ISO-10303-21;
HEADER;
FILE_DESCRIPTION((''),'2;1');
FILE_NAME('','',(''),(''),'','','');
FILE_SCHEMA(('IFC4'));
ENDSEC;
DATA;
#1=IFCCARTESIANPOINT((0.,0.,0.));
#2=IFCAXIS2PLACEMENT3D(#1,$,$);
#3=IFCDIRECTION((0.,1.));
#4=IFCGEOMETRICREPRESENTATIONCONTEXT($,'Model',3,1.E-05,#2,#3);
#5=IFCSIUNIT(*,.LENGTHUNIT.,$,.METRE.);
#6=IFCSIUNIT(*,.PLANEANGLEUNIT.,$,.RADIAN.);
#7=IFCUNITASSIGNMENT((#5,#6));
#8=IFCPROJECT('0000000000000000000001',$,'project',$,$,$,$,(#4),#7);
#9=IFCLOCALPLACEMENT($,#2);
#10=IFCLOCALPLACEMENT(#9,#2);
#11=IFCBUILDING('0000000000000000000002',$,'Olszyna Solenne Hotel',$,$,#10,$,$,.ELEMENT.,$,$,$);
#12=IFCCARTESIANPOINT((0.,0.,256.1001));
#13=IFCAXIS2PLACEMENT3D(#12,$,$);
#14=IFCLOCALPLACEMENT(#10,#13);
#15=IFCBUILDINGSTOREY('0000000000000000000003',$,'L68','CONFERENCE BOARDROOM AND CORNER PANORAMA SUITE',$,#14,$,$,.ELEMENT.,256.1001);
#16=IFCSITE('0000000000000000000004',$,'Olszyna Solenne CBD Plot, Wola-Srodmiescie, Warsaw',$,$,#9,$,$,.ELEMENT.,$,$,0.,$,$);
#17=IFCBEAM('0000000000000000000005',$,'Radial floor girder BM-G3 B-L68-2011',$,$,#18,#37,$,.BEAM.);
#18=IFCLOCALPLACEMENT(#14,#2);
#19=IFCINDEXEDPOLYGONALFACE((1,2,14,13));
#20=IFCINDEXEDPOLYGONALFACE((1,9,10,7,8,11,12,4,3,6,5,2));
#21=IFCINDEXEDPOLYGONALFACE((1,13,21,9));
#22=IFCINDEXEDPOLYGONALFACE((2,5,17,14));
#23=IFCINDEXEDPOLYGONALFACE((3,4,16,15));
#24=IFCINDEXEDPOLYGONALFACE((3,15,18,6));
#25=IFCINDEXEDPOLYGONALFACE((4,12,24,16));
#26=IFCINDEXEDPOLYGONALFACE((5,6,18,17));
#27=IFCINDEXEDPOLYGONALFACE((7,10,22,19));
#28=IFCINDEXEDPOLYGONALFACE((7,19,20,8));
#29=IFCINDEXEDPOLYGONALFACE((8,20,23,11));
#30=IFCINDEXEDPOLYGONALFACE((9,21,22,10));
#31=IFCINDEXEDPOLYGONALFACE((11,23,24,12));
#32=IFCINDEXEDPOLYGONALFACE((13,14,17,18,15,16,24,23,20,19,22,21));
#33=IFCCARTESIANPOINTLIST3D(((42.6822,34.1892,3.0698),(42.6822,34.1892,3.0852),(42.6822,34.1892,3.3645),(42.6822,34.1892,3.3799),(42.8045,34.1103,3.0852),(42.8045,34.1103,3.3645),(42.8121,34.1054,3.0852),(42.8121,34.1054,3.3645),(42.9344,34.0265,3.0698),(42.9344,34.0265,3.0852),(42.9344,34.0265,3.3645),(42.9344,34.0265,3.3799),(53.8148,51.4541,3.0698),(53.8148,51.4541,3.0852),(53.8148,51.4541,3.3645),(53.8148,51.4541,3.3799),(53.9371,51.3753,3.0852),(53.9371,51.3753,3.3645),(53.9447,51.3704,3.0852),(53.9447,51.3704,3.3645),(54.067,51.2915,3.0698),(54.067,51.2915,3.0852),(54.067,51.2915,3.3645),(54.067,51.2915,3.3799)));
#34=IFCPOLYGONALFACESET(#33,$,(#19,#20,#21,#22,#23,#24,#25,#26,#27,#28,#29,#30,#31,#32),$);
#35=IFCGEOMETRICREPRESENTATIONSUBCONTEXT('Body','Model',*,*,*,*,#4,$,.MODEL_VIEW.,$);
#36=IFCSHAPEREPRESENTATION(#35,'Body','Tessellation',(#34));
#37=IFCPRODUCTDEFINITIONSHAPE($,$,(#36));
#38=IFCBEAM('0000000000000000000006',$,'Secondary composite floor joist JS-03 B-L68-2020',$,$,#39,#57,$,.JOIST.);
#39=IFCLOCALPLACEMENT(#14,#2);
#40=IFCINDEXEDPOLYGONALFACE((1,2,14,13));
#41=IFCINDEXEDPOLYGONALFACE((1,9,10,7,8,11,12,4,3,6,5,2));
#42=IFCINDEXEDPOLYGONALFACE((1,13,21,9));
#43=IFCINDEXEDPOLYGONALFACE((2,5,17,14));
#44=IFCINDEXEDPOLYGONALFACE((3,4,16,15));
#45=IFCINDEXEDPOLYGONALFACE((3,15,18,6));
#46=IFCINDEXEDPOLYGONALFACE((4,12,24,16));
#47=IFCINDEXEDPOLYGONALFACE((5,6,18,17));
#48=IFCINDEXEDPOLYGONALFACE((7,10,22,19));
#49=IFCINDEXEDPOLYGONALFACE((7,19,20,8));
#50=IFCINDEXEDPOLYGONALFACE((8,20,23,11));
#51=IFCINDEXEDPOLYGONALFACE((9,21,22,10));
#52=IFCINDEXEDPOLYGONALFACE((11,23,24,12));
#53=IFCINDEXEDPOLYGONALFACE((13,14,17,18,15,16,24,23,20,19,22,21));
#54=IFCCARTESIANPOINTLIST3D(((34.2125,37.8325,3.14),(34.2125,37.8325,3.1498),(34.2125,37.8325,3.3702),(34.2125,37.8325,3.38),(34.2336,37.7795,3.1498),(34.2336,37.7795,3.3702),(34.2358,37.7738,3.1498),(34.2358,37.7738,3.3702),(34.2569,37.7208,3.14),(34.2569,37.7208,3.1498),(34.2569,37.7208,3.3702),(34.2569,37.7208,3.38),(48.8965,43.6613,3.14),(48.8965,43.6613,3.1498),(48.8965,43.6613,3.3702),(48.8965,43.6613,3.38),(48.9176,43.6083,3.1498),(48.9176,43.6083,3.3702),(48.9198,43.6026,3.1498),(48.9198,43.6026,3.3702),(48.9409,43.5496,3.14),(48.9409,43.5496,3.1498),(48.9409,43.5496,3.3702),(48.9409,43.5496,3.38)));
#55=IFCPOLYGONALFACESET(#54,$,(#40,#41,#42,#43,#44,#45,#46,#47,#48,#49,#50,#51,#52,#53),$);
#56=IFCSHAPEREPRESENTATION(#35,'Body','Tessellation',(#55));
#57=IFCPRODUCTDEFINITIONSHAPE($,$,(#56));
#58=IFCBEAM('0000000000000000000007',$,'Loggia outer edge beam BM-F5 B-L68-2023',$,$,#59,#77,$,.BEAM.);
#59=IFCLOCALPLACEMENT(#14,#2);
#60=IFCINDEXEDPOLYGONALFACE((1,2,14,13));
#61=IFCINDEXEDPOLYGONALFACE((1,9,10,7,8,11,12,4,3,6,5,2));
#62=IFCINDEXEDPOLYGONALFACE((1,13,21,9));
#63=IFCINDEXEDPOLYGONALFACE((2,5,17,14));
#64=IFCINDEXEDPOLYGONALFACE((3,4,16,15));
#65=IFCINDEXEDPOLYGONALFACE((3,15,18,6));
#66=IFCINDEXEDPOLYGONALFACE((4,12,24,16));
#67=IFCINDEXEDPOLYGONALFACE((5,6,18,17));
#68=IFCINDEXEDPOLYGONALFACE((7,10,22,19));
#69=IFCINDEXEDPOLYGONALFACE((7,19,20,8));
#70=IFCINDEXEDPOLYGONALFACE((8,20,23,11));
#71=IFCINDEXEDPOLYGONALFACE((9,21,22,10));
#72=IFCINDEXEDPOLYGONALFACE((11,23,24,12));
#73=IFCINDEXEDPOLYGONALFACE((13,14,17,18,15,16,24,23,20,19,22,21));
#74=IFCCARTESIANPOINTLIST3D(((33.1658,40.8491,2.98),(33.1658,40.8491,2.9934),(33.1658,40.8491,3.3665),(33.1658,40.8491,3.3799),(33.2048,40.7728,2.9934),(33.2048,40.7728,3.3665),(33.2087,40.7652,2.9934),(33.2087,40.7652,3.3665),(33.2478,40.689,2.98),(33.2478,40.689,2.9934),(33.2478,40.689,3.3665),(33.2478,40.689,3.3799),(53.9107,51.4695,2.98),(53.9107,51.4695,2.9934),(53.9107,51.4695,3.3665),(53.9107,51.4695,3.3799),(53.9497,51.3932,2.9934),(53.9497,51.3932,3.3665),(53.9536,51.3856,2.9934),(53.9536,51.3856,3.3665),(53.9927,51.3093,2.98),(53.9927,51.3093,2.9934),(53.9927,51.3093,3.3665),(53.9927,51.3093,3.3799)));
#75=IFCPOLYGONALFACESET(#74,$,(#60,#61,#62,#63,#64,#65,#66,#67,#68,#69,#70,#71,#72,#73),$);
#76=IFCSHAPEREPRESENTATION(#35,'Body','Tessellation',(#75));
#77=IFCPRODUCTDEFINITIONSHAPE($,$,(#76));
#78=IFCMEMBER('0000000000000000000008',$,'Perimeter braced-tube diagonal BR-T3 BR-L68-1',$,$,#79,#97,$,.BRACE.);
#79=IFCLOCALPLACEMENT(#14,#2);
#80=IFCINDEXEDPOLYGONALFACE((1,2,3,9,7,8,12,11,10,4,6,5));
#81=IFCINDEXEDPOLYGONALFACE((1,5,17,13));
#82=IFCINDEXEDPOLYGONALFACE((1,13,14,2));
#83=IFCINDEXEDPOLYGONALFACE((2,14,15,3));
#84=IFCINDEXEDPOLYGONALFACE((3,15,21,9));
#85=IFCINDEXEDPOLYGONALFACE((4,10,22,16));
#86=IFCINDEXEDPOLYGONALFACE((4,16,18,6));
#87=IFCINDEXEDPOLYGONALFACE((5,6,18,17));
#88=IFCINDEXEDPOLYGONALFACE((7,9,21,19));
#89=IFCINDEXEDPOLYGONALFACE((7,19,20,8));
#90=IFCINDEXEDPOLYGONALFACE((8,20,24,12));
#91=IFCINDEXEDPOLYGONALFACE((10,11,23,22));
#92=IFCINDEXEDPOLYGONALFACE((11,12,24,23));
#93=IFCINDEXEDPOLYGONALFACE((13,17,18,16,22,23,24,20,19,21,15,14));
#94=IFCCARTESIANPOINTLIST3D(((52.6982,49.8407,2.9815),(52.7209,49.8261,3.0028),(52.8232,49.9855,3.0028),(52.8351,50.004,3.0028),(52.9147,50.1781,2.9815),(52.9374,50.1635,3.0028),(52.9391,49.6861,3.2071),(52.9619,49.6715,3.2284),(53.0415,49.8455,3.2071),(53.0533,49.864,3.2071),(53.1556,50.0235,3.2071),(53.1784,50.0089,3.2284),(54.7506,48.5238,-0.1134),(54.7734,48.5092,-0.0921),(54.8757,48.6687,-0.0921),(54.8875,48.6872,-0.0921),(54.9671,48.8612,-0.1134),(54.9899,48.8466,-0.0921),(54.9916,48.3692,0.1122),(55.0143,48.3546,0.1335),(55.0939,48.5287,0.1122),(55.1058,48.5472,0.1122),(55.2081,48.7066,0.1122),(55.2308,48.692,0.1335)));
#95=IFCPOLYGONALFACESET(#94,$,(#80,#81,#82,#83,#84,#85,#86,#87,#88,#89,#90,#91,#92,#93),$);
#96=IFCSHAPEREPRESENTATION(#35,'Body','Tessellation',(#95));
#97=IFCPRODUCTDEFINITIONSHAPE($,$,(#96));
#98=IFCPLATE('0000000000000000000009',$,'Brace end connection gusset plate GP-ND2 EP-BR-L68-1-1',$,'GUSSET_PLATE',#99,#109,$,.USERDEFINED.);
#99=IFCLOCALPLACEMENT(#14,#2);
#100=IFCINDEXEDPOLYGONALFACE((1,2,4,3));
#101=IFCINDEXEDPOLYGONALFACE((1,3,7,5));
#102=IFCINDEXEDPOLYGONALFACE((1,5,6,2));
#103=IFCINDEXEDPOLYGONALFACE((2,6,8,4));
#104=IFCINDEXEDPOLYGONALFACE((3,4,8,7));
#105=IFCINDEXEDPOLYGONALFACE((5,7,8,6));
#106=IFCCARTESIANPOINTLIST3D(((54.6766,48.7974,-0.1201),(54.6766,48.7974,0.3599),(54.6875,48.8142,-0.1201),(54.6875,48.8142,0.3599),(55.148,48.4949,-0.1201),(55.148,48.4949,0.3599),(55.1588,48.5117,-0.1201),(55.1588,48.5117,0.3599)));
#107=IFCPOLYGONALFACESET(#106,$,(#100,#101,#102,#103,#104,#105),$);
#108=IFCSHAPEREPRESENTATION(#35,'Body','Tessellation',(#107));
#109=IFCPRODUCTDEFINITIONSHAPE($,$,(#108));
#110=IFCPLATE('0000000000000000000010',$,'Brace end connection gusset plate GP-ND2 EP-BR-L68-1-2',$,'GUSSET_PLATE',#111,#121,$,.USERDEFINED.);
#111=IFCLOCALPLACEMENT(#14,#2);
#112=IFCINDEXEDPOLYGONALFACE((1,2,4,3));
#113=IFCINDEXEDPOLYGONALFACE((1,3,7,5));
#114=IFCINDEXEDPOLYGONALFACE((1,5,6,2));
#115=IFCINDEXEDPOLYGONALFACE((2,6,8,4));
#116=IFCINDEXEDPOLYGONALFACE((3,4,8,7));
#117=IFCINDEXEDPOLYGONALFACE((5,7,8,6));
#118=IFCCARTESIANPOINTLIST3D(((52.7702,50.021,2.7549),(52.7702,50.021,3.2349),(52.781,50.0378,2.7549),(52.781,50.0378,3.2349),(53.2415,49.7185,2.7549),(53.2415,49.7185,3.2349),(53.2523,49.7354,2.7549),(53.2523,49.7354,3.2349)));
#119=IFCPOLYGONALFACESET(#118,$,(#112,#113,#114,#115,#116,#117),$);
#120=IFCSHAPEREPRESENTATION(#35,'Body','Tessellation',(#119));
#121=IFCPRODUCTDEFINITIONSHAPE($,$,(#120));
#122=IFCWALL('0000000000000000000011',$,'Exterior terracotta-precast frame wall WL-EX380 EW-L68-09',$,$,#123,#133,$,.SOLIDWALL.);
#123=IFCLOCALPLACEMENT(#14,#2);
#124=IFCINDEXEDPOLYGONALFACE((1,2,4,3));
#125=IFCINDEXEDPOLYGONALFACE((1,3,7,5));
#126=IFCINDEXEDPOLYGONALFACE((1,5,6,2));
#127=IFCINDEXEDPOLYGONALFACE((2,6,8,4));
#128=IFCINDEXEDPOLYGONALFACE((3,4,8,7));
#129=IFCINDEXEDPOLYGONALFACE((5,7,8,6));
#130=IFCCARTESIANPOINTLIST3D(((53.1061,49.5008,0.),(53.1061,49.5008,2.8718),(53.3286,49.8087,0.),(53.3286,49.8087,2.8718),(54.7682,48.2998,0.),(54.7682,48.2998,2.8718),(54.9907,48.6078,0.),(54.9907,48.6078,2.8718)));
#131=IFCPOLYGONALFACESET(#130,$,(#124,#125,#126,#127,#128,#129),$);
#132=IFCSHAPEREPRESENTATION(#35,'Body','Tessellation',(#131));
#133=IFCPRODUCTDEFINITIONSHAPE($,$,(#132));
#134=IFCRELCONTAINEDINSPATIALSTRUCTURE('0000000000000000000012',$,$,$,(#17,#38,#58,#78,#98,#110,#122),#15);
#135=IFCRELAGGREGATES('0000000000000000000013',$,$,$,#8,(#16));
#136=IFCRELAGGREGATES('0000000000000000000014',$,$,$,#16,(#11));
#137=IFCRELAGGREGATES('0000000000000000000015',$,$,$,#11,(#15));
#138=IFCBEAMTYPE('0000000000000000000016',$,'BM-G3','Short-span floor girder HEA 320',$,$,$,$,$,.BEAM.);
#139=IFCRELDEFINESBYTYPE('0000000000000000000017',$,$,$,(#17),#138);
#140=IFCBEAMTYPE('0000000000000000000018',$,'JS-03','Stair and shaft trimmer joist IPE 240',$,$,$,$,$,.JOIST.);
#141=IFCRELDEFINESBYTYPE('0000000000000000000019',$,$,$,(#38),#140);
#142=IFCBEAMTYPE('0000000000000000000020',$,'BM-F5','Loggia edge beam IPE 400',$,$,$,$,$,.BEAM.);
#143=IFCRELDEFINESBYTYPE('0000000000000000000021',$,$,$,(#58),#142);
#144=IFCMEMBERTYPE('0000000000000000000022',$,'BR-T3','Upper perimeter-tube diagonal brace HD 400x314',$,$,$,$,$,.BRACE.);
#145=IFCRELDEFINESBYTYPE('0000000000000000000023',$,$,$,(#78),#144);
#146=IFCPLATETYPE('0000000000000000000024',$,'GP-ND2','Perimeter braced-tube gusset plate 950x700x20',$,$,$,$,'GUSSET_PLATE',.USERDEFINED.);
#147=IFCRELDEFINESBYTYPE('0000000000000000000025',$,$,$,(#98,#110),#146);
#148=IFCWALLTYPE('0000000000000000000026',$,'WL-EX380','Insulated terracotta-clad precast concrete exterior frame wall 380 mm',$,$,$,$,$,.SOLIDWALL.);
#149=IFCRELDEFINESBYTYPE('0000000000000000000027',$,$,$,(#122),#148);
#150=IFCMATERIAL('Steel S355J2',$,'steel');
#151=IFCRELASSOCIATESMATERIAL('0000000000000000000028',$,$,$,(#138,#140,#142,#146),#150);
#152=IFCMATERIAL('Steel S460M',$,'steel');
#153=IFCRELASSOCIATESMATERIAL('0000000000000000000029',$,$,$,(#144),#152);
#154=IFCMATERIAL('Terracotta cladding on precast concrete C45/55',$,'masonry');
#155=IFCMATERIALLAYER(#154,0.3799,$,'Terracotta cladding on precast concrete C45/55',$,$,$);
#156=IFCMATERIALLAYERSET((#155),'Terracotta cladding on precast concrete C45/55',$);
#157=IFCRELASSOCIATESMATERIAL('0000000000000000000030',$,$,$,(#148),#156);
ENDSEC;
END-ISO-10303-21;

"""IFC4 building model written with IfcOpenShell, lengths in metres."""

from ifc_helpers import new_model, si_unit, direction, frame, frame_2d, origin, origin_2d, place, context, subcontext, project, spatial, rectangle, i_section, extrude, source, transform, mapped, material, layer, layer_set, material_profile, profile_set, type_object, element, save


model = new_model("IFC4")

# Units and contexts
model_context = context("Model", 3, precision=1e-05, world=origin(), true_north=direction((0.0, 1.0)))
body_context = subcontext(model_context, "Body", "Model", "MODEL_VIEW")
ifc_project = project(units=[si_unit("LENGTHUNIT", "METRE"), si_unit("PLANEANGLEUNIT", "RADIAN")], contexts=[model_context])

# Site, building, storey
site_placement = place(None, origin())
site = spatial("IfcSite", under=ifc_project, at=site_placement, Name="Olszyna Solenne CBD Plot, Wola-Srodmiescie, Warsaw", CompositionType="ELEMENT", RefElevation=0.0)
building_placement = place(site_placement, origin())
building = spatial("IfcBuilding", under=site, at=building_placement, Name="Olszyna Solenne Hotel", CompositionType="ELEMENT")
storey_placement = place(building_placement, frame((0.0, 0.0, 256.1001)))
storey = spatial("IfcBuildingStorey", under=building, at=storey_placement, Name="L68", Description="CONFERENCE BOARDROOM AND CORNER PANORAMA SUITE", CompositionType="ELEMENT", Elevation=256.1001)

# Shared definitions
ifc_material_1 = material(Name="Steel S460M", Category="steel")

# Beams
ifc_material_2 = material(Name="Steel S355J2", Category="steel")
ifc_material_profile_1 = material_profile(ifc_material_2, i_section(OverallWidth=0.3, OverallDepth=0.3101, WebThickness=0.009, FlangeThickness=0.0154, at=origin_2d()), Name="HEA 320", Category="load-bearing")
ifc_profile_set_1 = profile_set([ifc_material_profile_1], Name="Steel S355J2")
beam_type_1 = type_object("IfcBeamType", Name="BM-G3", Description="Short-span floor girder HEA 320", PredefinedType="BEAM", material=ifc_profile_set_1)
shared_shape_1 = source(origin(), body_context, "Body", "SweptSolid", [
    extrude(i_section(OverallWidth=0.3, OverallDepth=0.3101, WebThickness=0.009, FlangeThickness=0.0154, at=origin_2d()), origin(), (0.0, 0.0, 1.0), 20.543),
])
beam_1_placement = place(storey_placement, frame((53.9409, 51.3728, 3.2249), z_axis=(-0.541918, -0.840431, 0.0), x_axis=(0.840431, -0.541918, 0.0)))
element("IfcBeam", 1, at=beam_1_placement, inside=storey, type_object=beam_type_1, Name="Radial floor girder BM-G3 B-L68-2011", PredefinedType="BEAM", context=body_context, shape_type="MappedRepresentation", body=[
    mapped(shared_shape_1, transform((0.0, 0.0, 0.0), x_axis=(1.0, 0.0, 0.0), y_axis=(0.0, 1.0, 0.0), z_axis=(0.0, 0.0, 1.0), scale=1.0)),
])
ifc_material_profile_2 = material_profile(ifc_material_2, i_section(OverallWidth=0.1201, OverallDepth=0.24, WebThickness=0.0061, FlangeThickness=0.0098, at=origin_2d()), Name="IPE 240", Category="load-bearing")
ifc_profile_set_2 = profile_set([ifc_material_profile_2], Name="Steel S355J2")
beam_type_2 = type_object("IfcBeamType", Name="JS-03", Description="Stair and shaft trimmer joist IPE 240", PredefinedType="JOIST", material=ifc_profile_set_2)
shared_shape_2 = source(origin(), body_context, "Body", "SweptSolid", [
    extrude(i_section(OverallWidth=0.1201, OverallDepth=0.24, WebThickness=0.0061, FlangeThickness=0.0098, at=origin_2d()), origin(), (0.0, 0.0, 1.0), 15.7986),
])
beam_2_placement = place(storey_placement, frame((48.9187, 43.6055, 3.26), z_axis=(-0.929451, -0.368946, 0.0), x_axis=(0.368946, -0.929451, 0.0)))
element("IfcBeam", 2, at=beam_2_placement, inside=storey, type_object=beam_type_2, Name="Secondary composite floor joist JS-03 B-L68-2020", PredefinedType="JOIST", context=body_context, shape_type="MappedRepresentation", body=[
    mapped(shared_shape_2, transform((0.0, 0.0, 0.0), x_axis=(1.0, 0.0, 0.0), y_axis=(0.0, 1.0, 0.0), z_axis=(0.0, 0.0, 1.0), scale=1.0)),
])
ifc_material_profile_3 = material_profile(ifc_material_2, i_section(OverallWidth=0.1799, OverallDepth=0.3999, WebThickness=0.0085, FlangeThickness=0.0134, at=origin_2d()), Name="IPE 400", Category="load-bearing")
ifc_profile_set_3 = profile_set([ifc_material_profile_3], Name="Steel S355J2")
beam_type_3 = type_object("IfcBeamType", Name="BM-F5", Description="Loggia edge beam IPE 400", PredefinedType="BEAM", material=ifc_profile_set_3)
shared_shape_3 = source(origin(), body_context, "Body", "SweptSolid", [
    extrude(i_section(OverallWidth=0.1799, OverallDepth=0.3999, WebThickness=0.0085, FlangeThickness=0.0134, at=origin_2d()), origin(), (0.0, 0.0, 1.0), 23.3054),
])
beam_3_placement = place(storey_placement, frame((53.9517, 51.3894, 3.1799), z_axis=(-0.890131, -0.455704, 0.0), x_axis=(0.455704, -0.890131, 0.0)))
element("IfcBeam", 3, at=beam_3_placement, inside=storey, type_object=beam_type_3, Name="Loggia outer edge beam BM-F5 B-L68-2023", PredefinedType="BEAM", context=body_context, shape_type="MappedRepresentation", body=[
    mapped(shared_shape_3, transform((0.0, 0.0, 0.0), x_axis=(1.0, 0.0, 0.0), y_axis=(0.0, 1.0, 0.0), z_axis=(0.0, 0.0, 1.0), scale=1.0)),
])

# Member
ifc_material_profile_4 = material_profile(ifc_material_1, i_section(OverallWidth=0.4009, OverallDepth=0.3989, WebThickness=0.022, FlangeThickness=0.0344, at=origin_2d()), Name="HD 400x314", Category="load-bearing")
ifc_profile_set_4 = profile_set([ifc_material_profile_4], Name="Steel S460M")
member_type = type_object("IfcMemberType", Name="BR-T3", Description="Upper perimeter-tube diagonal brace HD 400x314", PredefinedType="BRACE", material=ifc_profile_set_4)
shared_shape_4 = source(origin(), body_context, "Body", "SweptSolid", [
    extrude(i_section(OverallWidth=0.4009, OverallDepth=0.3989, WebThickness=0.022, FlangeThickness=0.0344, at=origin_2d()), origin(), (0.0, 0.0, 1.0), 3.9402),
])
member_placement = place(storey_placement, frame((54.9907, 48.6079, 0.01), z_axis=(-0.5209, 0.334214, 0.785471), x_axis=(-0.540014, -0.841656, 0.0)))
element("IfcMember", 4, at=member_placement, inside=storey, type_object=member_type, Name="Perimeter braced-tube diagonal BR-T3 BR-L68-1", PredefinedType="BRACE", context=body_context, shape_type="MappedRepresentation", body=[
    mapped(shared_shape_4, transform((0.0, 0.0, 0.0), x_axis=(1.0, 0.0, 0.0), y_axis=(0.0, 1.0, 0.0), z_axis=(0.0, 0.0, 1.0), scale=1.0)),
])

# Plates
plate_type = type_object("IfcPlateType", Name="GP-ND2", Description="Perimeter braced-tube gusset plate 950x700x20", ElementType="GUSSET_PLATE", PredefinedType="USERDEFINED", material=ifc_material_2)
shared_shape_5 = source(origin(), body_context, "Body", "SweptSolid", [
    extrude(rectangle(XDim=0.5601, YDim=0.02, at=origin_2d()), origin(), (0.0, 0.0, 1.0), 0.48),
])
for number, where, z_axis, x_axis, name in (
    (5, (54.9177, 48.6545, -0.1201), (0.0, 0.0, 1.0), (-0.841605, 0.540093, 0.0), "Brace end connection gusset plate GP-ND2 EP-BR-L68-1-1"),
    (6, (53.0112, 49.8782, 2.7549), (0.0, 0.0, 1.0), (-0.841605, 0.540093, 0.0), "Brace end connection gusset plate GP-ND2 EP-BR-L68-1-2"),
):
    element("IfcPlate", number, at=place(storey_placement, frame(where, z_axis=z_axis, x_axis=x_axis)), inside=storey, type_object=plate_type, Name=name, ObjectType="GUSSET_PLATE", PredefinedType="USERDEFINED", context=body_context, shape_type="MappedRepresentation", body=[
        mapped(shared_shape_5, transform((0.0, 0.0, 0.0), x_axis=(1.0, 0.0, 0.0), y_axis=(0.0, 1.0, 0.0), z_axis=(0.0, 0.0, 1.0), scale=1.0)),
    ])

# Wall
ifc_material_3 = material(Name="Terracotta cladding on precast concrete C45/55", Category="masonry")
ifc_layer_1 = layer(ifc_material_3, 0.3799, Name="Terracotta cladding on precast concrete C45/55")
ifc_layer_set_1 = layer_set([ifc_layer_1], Name="Terracotta cladding on precast concrete C45/55")
wall_type_1 = type_object("IfcWallType", Name="WL-EX380", Description="Insulated terracotta-clad precast concrete exterior frame wall 380 mm", PredefinedType="SOLIDWALL", material=ifc_layer_set_1)
wall_1_placement = place(storey_placement, frame((53.2173, 49.6548, 0.0), z_axis=(0.0, 0.0, 1.0), x_axis=(0.81056, -0.585656, 0.0)))
element("IfcWall", 7, at=wall_1_placement, inside=storey, type_object=wall_type_1, Name="Exterior terracotta-precast frame wall WL-EX380 EW-L68-09", PredefinedType="SOLIDWALL", context=body_context, shape_type="SweptSolid", body=[
    extrude(rectangle(XDim=2.0505, YDim=0.3799, at=frame_2d((1.0254, 0.0))), origin(), (0.0, 0.0, 1.0), 2.8718),
])

save(model, "model.ifc")
